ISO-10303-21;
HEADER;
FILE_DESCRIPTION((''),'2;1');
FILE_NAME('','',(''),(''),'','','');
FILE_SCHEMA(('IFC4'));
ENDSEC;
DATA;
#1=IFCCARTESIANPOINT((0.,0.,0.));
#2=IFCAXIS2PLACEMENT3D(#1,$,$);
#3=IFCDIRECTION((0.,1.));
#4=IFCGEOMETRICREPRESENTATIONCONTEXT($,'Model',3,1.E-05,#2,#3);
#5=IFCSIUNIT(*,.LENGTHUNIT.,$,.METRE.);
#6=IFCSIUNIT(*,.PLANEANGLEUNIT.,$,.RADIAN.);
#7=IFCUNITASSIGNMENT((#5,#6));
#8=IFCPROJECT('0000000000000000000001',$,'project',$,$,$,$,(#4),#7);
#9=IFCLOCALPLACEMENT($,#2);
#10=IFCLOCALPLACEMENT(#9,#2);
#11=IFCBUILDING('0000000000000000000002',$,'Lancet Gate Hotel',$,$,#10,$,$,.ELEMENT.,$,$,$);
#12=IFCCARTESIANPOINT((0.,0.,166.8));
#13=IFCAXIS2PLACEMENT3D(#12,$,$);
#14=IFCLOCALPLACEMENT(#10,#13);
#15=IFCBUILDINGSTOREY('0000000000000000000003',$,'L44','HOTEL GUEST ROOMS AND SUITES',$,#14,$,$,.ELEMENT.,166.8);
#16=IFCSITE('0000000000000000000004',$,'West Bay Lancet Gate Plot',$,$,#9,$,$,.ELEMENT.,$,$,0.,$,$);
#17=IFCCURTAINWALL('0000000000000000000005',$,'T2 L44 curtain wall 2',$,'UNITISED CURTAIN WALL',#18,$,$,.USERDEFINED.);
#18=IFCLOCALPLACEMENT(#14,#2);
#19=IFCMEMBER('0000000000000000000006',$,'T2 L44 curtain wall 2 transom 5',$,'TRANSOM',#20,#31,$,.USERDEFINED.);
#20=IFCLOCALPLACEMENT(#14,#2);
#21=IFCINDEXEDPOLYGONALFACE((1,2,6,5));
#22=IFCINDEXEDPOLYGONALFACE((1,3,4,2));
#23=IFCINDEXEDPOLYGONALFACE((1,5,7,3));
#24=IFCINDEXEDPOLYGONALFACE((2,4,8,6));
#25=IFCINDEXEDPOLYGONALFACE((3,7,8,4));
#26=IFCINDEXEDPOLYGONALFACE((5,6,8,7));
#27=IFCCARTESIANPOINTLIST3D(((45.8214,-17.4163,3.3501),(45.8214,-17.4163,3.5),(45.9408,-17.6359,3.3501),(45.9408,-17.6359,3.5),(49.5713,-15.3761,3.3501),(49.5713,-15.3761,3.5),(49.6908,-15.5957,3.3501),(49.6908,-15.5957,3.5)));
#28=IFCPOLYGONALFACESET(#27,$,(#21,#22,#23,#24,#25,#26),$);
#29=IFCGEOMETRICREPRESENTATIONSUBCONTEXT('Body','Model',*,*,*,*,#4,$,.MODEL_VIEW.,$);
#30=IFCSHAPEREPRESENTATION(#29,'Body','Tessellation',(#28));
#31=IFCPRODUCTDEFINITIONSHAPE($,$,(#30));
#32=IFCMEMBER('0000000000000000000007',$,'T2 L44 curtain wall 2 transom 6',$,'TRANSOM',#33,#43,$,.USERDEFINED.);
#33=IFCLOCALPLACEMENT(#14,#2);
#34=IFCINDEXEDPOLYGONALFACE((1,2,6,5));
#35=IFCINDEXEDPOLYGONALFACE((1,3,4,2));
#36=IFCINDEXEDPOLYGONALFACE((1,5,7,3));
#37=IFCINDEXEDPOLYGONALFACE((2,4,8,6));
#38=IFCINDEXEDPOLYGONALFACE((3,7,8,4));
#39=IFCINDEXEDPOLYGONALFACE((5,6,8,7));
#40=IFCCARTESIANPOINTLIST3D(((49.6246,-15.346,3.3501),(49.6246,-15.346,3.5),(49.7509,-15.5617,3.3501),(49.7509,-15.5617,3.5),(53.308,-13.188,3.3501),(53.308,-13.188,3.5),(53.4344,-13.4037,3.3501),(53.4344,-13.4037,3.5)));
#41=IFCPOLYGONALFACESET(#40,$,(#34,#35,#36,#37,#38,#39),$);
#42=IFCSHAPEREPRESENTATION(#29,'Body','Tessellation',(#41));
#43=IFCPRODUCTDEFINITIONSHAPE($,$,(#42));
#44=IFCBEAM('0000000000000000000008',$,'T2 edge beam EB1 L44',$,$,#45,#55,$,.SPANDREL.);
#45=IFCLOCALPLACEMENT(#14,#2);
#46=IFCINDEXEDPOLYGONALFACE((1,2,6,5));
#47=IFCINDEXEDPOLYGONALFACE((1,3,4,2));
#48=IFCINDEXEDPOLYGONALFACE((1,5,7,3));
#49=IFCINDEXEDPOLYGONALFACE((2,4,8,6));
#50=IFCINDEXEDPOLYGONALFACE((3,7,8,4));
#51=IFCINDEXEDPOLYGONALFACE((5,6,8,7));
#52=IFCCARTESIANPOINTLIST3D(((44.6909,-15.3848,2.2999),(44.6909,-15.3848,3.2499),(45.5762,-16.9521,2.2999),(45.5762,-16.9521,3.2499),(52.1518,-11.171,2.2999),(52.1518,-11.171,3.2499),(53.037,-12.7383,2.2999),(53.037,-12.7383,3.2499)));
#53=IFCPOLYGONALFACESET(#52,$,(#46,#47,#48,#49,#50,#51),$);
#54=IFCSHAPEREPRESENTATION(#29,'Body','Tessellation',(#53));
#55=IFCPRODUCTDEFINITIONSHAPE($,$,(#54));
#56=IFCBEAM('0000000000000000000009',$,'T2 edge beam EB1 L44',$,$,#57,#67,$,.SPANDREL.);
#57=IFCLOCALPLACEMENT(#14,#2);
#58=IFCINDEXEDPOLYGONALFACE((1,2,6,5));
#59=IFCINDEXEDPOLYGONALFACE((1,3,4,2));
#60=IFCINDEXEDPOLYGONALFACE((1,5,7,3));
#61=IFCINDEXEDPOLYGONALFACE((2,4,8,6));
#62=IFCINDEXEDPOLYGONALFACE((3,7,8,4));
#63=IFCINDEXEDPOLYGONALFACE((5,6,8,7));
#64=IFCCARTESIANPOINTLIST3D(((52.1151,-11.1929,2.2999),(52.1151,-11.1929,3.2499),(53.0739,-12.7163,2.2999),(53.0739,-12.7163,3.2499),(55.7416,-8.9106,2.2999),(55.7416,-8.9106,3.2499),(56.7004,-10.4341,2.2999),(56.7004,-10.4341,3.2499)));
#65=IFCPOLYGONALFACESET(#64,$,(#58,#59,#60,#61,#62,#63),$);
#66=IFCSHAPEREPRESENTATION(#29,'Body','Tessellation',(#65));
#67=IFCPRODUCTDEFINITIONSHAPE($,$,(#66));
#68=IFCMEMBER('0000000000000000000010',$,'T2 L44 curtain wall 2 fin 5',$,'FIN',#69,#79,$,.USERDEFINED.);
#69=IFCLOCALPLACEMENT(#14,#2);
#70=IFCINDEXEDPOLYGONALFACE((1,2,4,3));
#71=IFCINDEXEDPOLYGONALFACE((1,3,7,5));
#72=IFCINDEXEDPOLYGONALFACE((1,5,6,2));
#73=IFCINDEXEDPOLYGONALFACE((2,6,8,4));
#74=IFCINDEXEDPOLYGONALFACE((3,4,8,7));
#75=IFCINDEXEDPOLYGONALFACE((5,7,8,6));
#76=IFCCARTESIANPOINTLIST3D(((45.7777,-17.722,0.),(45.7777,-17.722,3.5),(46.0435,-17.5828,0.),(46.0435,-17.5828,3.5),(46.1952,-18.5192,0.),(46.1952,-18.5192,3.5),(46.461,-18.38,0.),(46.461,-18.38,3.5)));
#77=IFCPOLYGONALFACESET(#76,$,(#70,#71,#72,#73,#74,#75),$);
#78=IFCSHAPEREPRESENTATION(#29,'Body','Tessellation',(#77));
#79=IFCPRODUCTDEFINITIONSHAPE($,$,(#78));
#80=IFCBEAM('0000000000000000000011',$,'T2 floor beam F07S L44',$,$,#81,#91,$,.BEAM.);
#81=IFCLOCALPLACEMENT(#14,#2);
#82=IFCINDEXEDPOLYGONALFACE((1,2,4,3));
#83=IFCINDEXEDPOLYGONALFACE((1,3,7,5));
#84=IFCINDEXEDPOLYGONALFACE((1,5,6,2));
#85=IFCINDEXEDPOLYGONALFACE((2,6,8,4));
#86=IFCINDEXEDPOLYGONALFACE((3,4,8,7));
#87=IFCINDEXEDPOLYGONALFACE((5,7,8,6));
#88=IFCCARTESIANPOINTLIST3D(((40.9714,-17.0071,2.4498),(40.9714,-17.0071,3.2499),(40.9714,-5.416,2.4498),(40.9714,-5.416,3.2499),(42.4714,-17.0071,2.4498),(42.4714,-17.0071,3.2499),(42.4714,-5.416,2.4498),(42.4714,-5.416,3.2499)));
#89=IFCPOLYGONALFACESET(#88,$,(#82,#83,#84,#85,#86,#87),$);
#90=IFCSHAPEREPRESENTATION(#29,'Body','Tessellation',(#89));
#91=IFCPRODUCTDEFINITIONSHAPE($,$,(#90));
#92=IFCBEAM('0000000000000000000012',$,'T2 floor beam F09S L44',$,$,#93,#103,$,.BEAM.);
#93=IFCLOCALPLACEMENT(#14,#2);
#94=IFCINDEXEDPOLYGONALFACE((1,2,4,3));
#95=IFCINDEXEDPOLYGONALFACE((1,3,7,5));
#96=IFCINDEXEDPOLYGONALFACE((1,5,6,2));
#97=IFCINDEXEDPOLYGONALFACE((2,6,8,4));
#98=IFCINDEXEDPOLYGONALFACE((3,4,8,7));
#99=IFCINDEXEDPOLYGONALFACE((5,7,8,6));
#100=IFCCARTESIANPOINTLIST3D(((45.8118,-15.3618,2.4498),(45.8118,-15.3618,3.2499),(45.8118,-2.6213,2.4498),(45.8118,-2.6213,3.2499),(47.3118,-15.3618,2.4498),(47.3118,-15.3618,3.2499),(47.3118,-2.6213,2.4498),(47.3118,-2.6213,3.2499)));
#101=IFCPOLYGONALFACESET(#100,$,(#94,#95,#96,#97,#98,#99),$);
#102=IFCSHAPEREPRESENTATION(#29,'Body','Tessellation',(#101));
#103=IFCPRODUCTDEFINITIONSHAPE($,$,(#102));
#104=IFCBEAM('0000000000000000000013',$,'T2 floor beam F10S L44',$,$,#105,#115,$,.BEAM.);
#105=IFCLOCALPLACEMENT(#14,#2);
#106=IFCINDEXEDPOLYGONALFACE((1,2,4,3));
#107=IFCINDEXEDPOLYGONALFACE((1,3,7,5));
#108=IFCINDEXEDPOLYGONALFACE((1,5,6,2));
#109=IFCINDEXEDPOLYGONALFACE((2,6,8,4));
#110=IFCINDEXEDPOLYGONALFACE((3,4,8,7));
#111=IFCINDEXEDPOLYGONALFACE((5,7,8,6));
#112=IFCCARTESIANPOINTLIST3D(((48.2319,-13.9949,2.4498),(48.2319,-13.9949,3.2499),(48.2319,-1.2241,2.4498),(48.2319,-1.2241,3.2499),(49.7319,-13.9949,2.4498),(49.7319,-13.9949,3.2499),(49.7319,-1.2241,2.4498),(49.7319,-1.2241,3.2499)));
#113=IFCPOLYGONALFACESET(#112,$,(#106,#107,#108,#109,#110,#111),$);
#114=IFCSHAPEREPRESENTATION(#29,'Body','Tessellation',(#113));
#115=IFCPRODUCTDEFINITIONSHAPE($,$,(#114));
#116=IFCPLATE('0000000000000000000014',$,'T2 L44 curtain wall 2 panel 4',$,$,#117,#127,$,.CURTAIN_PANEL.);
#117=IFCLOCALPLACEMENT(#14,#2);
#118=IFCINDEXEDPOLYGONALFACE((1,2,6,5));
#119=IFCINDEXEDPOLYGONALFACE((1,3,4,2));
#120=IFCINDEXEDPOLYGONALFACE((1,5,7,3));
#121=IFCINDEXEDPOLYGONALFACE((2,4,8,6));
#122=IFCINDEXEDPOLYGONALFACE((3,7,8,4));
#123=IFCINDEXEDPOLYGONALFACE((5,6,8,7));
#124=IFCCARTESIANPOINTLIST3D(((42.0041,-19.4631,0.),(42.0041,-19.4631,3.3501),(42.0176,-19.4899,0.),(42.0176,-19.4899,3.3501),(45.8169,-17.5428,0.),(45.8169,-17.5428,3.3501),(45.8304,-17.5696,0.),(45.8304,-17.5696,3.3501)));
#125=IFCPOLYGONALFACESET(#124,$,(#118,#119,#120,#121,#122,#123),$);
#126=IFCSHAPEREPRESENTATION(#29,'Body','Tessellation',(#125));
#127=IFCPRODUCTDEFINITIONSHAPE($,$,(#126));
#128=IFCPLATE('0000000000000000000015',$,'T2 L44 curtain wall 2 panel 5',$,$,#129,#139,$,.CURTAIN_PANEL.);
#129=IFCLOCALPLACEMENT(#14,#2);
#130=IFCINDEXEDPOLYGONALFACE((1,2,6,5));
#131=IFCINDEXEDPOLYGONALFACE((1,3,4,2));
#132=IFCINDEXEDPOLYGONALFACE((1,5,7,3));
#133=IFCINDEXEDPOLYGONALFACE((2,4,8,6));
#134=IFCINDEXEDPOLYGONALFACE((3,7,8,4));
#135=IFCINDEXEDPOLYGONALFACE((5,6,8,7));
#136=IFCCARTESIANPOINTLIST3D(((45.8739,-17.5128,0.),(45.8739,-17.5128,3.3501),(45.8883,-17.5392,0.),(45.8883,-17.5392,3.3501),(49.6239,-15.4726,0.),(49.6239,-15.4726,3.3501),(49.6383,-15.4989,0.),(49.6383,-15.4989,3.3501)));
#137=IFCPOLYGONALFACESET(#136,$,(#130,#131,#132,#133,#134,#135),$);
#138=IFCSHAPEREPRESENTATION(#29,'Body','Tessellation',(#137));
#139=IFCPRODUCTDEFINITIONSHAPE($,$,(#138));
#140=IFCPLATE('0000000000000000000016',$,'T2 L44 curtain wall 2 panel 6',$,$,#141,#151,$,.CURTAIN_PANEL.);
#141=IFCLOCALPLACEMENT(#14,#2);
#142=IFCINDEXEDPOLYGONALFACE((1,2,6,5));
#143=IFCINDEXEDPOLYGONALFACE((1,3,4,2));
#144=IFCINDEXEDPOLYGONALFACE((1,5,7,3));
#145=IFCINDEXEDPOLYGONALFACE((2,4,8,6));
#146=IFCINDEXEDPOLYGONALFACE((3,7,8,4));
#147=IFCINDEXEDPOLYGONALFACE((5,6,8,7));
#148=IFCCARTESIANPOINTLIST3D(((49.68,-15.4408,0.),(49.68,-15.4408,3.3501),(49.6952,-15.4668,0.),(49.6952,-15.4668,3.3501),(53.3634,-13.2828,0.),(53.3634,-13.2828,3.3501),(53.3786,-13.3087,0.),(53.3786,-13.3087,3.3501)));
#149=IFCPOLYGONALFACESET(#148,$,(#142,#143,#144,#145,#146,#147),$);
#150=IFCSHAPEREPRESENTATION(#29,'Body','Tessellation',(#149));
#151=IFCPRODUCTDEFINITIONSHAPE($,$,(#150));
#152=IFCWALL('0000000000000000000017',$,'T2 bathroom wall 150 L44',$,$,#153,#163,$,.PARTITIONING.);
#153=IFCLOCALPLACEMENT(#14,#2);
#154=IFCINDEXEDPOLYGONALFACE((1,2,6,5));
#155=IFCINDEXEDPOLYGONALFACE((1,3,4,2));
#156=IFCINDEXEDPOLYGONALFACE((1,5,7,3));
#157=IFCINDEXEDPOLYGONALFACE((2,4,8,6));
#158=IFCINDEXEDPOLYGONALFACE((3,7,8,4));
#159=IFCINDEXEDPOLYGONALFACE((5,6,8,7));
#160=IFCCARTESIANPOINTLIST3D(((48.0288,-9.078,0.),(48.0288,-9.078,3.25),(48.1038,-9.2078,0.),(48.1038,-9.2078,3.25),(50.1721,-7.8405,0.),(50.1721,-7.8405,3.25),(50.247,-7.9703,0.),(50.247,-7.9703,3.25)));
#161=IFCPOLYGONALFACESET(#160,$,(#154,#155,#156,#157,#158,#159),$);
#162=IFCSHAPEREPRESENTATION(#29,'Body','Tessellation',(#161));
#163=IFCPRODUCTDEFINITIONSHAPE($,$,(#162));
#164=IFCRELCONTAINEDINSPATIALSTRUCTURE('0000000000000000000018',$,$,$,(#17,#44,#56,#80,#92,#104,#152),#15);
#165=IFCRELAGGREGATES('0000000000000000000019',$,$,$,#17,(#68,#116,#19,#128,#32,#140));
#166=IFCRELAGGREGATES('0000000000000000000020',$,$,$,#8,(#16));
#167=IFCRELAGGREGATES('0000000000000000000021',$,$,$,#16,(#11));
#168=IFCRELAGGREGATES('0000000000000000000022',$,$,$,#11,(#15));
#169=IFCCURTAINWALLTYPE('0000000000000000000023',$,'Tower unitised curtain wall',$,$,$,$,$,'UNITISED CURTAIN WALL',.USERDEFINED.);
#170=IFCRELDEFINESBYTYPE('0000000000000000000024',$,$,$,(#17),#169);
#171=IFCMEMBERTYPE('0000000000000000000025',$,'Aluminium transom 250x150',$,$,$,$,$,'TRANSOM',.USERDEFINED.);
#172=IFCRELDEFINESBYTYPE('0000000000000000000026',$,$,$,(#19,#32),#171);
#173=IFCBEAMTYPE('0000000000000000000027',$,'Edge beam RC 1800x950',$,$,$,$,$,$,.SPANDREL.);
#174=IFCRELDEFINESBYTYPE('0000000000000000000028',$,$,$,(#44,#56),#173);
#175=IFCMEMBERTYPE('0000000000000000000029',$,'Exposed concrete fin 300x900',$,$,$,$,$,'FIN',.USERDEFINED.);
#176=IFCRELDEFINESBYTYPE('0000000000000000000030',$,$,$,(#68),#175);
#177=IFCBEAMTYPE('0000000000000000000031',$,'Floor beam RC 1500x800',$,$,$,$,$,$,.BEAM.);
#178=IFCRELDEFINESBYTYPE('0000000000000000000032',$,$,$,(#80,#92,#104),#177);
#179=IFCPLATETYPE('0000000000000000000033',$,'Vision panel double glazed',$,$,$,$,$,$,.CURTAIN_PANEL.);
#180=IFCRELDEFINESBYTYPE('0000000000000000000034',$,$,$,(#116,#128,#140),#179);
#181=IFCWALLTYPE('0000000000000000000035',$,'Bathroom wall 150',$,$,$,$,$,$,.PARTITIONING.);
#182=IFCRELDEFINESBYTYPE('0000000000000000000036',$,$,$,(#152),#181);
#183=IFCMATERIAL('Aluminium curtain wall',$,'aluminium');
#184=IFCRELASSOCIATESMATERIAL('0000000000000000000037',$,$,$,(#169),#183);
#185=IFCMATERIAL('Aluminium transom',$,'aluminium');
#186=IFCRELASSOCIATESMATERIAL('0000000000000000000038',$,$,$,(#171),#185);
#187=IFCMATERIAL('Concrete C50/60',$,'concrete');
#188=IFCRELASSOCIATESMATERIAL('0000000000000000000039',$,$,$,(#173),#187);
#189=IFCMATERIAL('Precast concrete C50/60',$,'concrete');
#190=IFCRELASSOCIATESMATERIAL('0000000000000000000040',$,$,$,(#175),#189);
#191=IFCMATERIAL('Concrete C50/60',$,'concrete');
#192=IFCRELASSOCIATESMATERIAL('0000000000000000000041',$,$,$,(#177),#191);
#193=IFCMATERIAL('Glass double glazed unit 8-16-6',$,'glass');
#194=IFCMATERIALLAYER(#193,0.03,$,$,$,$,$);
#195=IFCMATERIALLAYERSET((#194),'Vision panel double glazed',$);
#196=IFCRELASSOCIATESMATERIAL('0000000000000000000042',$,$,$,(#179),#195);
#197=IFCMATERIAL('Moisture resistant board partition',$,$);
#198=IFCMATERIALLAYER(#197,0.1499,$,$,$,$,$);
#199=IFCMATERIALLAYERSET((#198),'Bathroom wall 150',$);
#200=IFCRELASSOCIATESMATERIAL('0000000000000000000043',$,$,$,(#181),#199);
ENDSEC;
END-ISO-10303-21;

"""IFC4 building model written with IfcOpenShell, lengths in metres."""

from ifc_helpers import new_model, si_unit, direction, frame, frame_2d, origin, origin_2d, place, context, subcontext, project, spatial, rectangle, extrude, material, layer, layer_set, material_profile, profile_set, type_object, element, aggregate, save


model = new_model("IFC4")

# Units and contexts
model_context = context("Model", 3, precision=1e-05, world=origin(), true_north=direction((0.0, 1.0)))
body_context = subcontext(model_context, "Body", "Model", "MODEL_VIEW")
ifc_project = project(units=[si_unit("LENGTHUNIT", "METRE"), si_unit("PLANEANGLEUNIT", "RADIAN")], contexts=[model_context])

# Site, building, storey
site_placement = place(None, origin())
site = spatial("IfcSite", under=ifc_project, at=site_placement, Name="West Bay Lancet Gate Plot", CompositionType="ELEMENT", RefElevation=0.0)
building_placement = place(site_placement, origin())
building = spatial("IfcBuilding", under=site, at=building_placement, Name="Lancet Gate Hotel", CompositionType="ELEMENT")
storey_placement = place(building_placement, frame((0.0, 0.0, 166.8)))
storey = spatial("IfcBuildingStorey", under=building, at=storey_placement, Name="L44", Description="HOTEL GUEST ROOMS AND SUITES", CompositionType="ELEMENT", Elevation=166.8)

# Curtain wall, members
ifc_material_1 = material(Name="Aluminium curtain wall", Category="aluminium")
curtain_wall_type = type_object("IfcCurtainWallType", Name="Tower unitised curtain wall", ElementType="UNITISED CURTAIN WALL", PredefinedType="USERDEFINED", material=ifc_material_1)
curtain_wall_placement = place(storey_placement, origin())
curtain_wall = element("IfcCurtainWall", 1, at=curtain_wall_placement, inside=storey, type_object=curtain_wall_type, Name="T2 L44 curtain wall 2", ObjectType="UNITISED CURTAIN WALL", PredefinedType="USERDEFINED")
ifc_material_2 = material(Name="Aluminium transom", Category="aluminium")
ifc_material_profile_1 = material_profile(ifc_material_2, rectangle(XDim=0.25, YDim=0.1499, at=origin_2d()), Name="TRANSOM 250x150")
ifc_profile_set_1 = profile_set([ifc_material_profile_1], Name="Aluminium transom")
member_type_1 = type_object("IfcMemberType", Name="Aluminium transom 250x150", ElementType="TRANSOM", PredefinedType="USERDEFINED", material=ifc_profile_set_1)
member_1_placement = place(storey_placement, frame((45.8811, -17.5261, 3.425), z_axis=(0.878404, 0.477918, 0.0), x_axis=(-0.477918, 0.878404, 0.0)))
member_1 = element("IfcMember", 2, at=member_1_placement, type_object=member_type_1, Name="T2 L44 curtain wall 2 transom 5", ObjectType="TRANSOM", PredefinedType="USERDEFINED", context=body_context, shape_type="SweptSolid", body=[
    extrude(rectangle(XDim=0.25, YDim=0.1499, at=origin_2d()), origin(), (0.0, 0.0, 1.0), 4.269),
])
member_2_placement = place(storey_placement, frame((49.6877, -15.4539, 3.425), z_axis=(0.862825, 0.505502, 0.0), x_axis=(-0.505502, 0.862825, 0.0)))
member_2 = element("IfcMember", 3, at=member_2_placement, type_object=member_type_1, Name="T2 L44 curtain wall 2 transom 6", ObjectType="TRANSOM", PredefinedType="USERDEFINED", context=body_context, shape_type="SweptSolid", body=[
    extrude(rectangle(XDim=0.25, YDim=0.1499, at=origin_2d()), origin(), (0.0, 0.0, 1.0), 4.269),
])

# Beams
ifc_material_3 = material(Name="Concrete C50/60", Category="concrete")
ifc_material_profile_2 = material_profile(ifc_material_3, rectangle(XDim=1.8, YDim=0.95, at=origin_2d()), Name="RC 1800x950")
ifc_profile_set_2 = profile_set([ifc_material_profile_2], Name="Concrete C50/60")
beam_type_1 = type_object("IfcBeamType", Name="Edge beam RC 1800x950", PredefinedType="SPANDREL", material=ifc_profile_set_2)
beam_1_placement = place(storey_placement, frame((45.1335, -16.1685, 2.7749), z_axis=(0.870722, 0.491776, 0.0), x_axis=(-0.491776, 0.870722, 0.0)))
element("IfcBeam", 4, at=beam_1_placement, inside=storey, type_object=beam_type_1, Name="T2 edge beam EB1 L44", PredefinedType="SPANDREL", context=body_context, shape_type="SweptSolid", body=[
    extrude(rectangle(XDim=1.8, YDim=0.95, at=origin_2d()), origin(), (0.0, 0.0, 1.0), 8.5686),
])
beam_2_placement = place(storey_placement, frame((52.5945, -11.9546, 2.7749), z_axis=(0.846349, 0.532629, 0.0), x_axis=(-0.532629, 0.846349, 0.0)))
element("IfcBeam", 5, at=beam_2_placement, inside=storey, type_object=beam_type_1, Name="T2 edge beam EB1 L44", PredefinedType="SPANDREL", context=body_context, shape_type="SweptSolid", body=[
    extrude(rectangle(XDim=1.8, YDim=0.95, at=origin_2d()), origin(), (0.0, 0.0, 1.0), 4.2849),
])

# Member
ifc_material_4 = material(Name="Precast concrete C50/60", Category="concrete")
ifc_material_profile_3 = material_profile(ifc_material_4, rectangle(XDim=0.3, YDim=0.8999, at=origin_2d()), Name="FIN 300x900")
ifc_profile_set_3 = profile_set([ifc_material_profile_3], Name="Precast concrete C50/60")
member_type_2 = type_object("IfcMemberType", Name="Exposed concrete fin 300x900", ElementType="FIN", PredefinedType="USERDEFINED", material=ifc_profile_set_3)
member_3_placement = place(storey_placement, frame((46.1194, -18.051, 0.0), z_axis=(0.0, 0.0, 1.0), x_axis=(0.885877, 0.46392, 0.0)))
member_3 = element("IfcMember", 6, at=member_3_placement, type_object=member_type_2, Name="T2 L44 curtain wall 2 fin 5", ObjectType="FIN", PredefinedType="USERDEFINED", context=body_context, shape_type="SweptSolid", body=[
    extrude(rectangle(XDim=0.3, YDim=0.8999, at=origin_2d()), origin(), (0.0, 0.0, 1.0), 3.5),
])

# Beams
ifc_material_5 = material(Name="Concrete C50/60", Category="concrete")
ifc_material_profile_4 = material_profile(ifc_material_5, rectangle(XDim=1.5, YDim=0.8, at=origin_2d()), Name="RC 1500x800")
ifc_profile_set_4 = profile_set([ifc_material_profile_4], Name="Concrete C50/60")
beam_type_2 = type_object("IfcBeamType", Name="Floor beam RC 1500x800", PredefinedType="BEAM", material=ifc_profile_set_4)
beam_3_placement = place(storey_placement, frame((41.7214, -17.0071, 2.8499), z_axis=(0.0, 1.0, 0.0), x_axis=(-1.0, 0.0, 0.0)))
element("IfcBeam", 7, at=beam_3_placement, inside=storey, type_object=beam_type_2, Name="T2 floor beam F07S L44", PredefinedType="BEAM", context=body_context, shape_type="SweptSolid", body=[
    extrude(rectangle(XDim=1.5, YDim=0.8, at=origin_2d()), origin(), (0.0, 0.0, 1.0), 11.5911),
])
beam_4_placement = place(storey_placement, frame((46.5618, -15.3618, 2.8499), z_axis=(0.0, 1.0, 0.0), x_axis=(-1.0, 0.0, 0.0)))
element("IfcBeam", 8, at=beam_4_placement, inside=storey, type_object=beam_type_2, Name="T2 floor beam F09S L44", PredefinedType="BEAM", context=body_context, shape_type="SweptSolid", body=[
    extrude(rectangle(XDim=1.5, YDim=0.8, at=origin_2d()), origin(), (0.0, 0.0, 1.0), 12.7405),
])
beam_5_placement = place(storey_placement, frame((48.9819, -13.9949, 2.8499), z_axis=(0.0, 1.0, 0.0), x_axis=(-1.0, 0.0, 0.0)))
element("IfcBeam", 9, at=beam_5_placement, inside=storey, type_object=beam_type_2, Name="T2 floor beam F10S L44", PredefinedType="BEAM", context=body_context, shape_type="SweptSolid", body=[
    extrude(rectangle(XDim=1.5, YDim=0.8, at=origin_2d()), origin(), (0.0, 0.0, 1.0), 12.7708),
])

# Plates
ifc_material_6 = material(Name="Glass double glazed unit 8-16-6", Category="glass")
ifc_layer_1 = layer(ifc_material_6, 0.03)
ifc_layer_set_1 = layer_set([ifc_layer_1], Name="Vision panel double glazed")
plate_type = type_object("IfcPlateType", Name="Vision panel double glazed", PredefinedType="CURTAIN_PANEL", material=ifc_layer_set_1)
plate_1_placement = place(storey_placement, frame((43.9172, -18.5164, 0.0), z_axis=(0.0, 0.0, 1.0), x_axis=(0.893121, 0.449816, 0.0)))
plate_1 = element("IfcPlate", 10, at=plate_1_placement, type_object=plate_type, Name="T2 L44 curtain wall 2 panel 4", PredefinedType="CURTAIN_PANEL", context=body_context, shape_type="SweptSolid", body=[
    extrude(rectangle(XDim=4.269, YDim=0.03, at=origin_2d()), origin(), (0.0, 0.0, 1.0), 3.3501),
])
plate_2_placement = place(storey_placement, frame((47.7561, -16.5059, 0.0), z_axis=(0.0, 0.0, 1.0), x_axis=(0.87841, 0.477908, 0.0)))
plate_2 = element("IfcPlate", 11, at=plate_2_placement, type_object=plate_type, Name="T2 L44 curtain wall 2 panel 5", PredefinedType="CURTAIN_PANEL", context=body_context, shape_type="SweptSolid", body=[
    extrude(rectangle(XDim=4.269, YDim=0.03, at=origin_2d()), origin(), (0.0, 0.0, 1.0), 3.3501),
])
plate_3_placement = place(storey_placement, frame((51.5293, -14.3748, 0.0), z_axis=(0.0, 0.0, 1.0), x_axis=(0.862815, 0.50552, 0.0)))
plate_3 = element("IfcPlate", 12, at=plate_3_placement, type_object=plate_type, Name="T2 L44 curtain wall 2 panel 6", PredefinedType="CURTAIN_PANEL", context=body_context, shape_type="SweptSolid", body=[
    extrude(rectangle(XDim=4.269, YDim=0.03, at=origin_2d()), origin(), (0.0, 0.0, 1.0), 3.3501),
])
aggregate(curtain_wall, [member_3, plate_1, member_1, plate_2, member_2, plate_3])

# Wall
ifc_material_7 = material(Name="Moisture resistant board partition")
ifc_layer_2 = layer(ifc_material_7, 0.1499)
ifc_layer_set_2 = layer_set([ifc_layer_2], Name="Bathroom wall 150")
wall_type_1 = type_object("IfcWallType", Name="Bathroom wall 150", PredefinedType="PARTITIONING", material=ifc_layer_set_2)
wall_1_placement = place(storey_placement, frame((48.0664, -9.1428, 0.0), z_axis=(0.0, 0.0, 1.0), x_axis=(0.866007, 0.500033, 0.0)))
element("IfcWall", 13, at=wall_1_placement, inside=storey, type_object=wall_type_1, Name="T2 bathroom wall 150 L44", PredefinedType="PARTITIONING", context=body_context, shape_type="SweptSolid", body=[
    extrude(rectangle(XDim=2.4749, YDim=0.1499, at=frame_2d((1.2373, 0.0))), origin(), (0.0, 0.0, 1.0), 3.25),
])

save(model, "model.ifc")
